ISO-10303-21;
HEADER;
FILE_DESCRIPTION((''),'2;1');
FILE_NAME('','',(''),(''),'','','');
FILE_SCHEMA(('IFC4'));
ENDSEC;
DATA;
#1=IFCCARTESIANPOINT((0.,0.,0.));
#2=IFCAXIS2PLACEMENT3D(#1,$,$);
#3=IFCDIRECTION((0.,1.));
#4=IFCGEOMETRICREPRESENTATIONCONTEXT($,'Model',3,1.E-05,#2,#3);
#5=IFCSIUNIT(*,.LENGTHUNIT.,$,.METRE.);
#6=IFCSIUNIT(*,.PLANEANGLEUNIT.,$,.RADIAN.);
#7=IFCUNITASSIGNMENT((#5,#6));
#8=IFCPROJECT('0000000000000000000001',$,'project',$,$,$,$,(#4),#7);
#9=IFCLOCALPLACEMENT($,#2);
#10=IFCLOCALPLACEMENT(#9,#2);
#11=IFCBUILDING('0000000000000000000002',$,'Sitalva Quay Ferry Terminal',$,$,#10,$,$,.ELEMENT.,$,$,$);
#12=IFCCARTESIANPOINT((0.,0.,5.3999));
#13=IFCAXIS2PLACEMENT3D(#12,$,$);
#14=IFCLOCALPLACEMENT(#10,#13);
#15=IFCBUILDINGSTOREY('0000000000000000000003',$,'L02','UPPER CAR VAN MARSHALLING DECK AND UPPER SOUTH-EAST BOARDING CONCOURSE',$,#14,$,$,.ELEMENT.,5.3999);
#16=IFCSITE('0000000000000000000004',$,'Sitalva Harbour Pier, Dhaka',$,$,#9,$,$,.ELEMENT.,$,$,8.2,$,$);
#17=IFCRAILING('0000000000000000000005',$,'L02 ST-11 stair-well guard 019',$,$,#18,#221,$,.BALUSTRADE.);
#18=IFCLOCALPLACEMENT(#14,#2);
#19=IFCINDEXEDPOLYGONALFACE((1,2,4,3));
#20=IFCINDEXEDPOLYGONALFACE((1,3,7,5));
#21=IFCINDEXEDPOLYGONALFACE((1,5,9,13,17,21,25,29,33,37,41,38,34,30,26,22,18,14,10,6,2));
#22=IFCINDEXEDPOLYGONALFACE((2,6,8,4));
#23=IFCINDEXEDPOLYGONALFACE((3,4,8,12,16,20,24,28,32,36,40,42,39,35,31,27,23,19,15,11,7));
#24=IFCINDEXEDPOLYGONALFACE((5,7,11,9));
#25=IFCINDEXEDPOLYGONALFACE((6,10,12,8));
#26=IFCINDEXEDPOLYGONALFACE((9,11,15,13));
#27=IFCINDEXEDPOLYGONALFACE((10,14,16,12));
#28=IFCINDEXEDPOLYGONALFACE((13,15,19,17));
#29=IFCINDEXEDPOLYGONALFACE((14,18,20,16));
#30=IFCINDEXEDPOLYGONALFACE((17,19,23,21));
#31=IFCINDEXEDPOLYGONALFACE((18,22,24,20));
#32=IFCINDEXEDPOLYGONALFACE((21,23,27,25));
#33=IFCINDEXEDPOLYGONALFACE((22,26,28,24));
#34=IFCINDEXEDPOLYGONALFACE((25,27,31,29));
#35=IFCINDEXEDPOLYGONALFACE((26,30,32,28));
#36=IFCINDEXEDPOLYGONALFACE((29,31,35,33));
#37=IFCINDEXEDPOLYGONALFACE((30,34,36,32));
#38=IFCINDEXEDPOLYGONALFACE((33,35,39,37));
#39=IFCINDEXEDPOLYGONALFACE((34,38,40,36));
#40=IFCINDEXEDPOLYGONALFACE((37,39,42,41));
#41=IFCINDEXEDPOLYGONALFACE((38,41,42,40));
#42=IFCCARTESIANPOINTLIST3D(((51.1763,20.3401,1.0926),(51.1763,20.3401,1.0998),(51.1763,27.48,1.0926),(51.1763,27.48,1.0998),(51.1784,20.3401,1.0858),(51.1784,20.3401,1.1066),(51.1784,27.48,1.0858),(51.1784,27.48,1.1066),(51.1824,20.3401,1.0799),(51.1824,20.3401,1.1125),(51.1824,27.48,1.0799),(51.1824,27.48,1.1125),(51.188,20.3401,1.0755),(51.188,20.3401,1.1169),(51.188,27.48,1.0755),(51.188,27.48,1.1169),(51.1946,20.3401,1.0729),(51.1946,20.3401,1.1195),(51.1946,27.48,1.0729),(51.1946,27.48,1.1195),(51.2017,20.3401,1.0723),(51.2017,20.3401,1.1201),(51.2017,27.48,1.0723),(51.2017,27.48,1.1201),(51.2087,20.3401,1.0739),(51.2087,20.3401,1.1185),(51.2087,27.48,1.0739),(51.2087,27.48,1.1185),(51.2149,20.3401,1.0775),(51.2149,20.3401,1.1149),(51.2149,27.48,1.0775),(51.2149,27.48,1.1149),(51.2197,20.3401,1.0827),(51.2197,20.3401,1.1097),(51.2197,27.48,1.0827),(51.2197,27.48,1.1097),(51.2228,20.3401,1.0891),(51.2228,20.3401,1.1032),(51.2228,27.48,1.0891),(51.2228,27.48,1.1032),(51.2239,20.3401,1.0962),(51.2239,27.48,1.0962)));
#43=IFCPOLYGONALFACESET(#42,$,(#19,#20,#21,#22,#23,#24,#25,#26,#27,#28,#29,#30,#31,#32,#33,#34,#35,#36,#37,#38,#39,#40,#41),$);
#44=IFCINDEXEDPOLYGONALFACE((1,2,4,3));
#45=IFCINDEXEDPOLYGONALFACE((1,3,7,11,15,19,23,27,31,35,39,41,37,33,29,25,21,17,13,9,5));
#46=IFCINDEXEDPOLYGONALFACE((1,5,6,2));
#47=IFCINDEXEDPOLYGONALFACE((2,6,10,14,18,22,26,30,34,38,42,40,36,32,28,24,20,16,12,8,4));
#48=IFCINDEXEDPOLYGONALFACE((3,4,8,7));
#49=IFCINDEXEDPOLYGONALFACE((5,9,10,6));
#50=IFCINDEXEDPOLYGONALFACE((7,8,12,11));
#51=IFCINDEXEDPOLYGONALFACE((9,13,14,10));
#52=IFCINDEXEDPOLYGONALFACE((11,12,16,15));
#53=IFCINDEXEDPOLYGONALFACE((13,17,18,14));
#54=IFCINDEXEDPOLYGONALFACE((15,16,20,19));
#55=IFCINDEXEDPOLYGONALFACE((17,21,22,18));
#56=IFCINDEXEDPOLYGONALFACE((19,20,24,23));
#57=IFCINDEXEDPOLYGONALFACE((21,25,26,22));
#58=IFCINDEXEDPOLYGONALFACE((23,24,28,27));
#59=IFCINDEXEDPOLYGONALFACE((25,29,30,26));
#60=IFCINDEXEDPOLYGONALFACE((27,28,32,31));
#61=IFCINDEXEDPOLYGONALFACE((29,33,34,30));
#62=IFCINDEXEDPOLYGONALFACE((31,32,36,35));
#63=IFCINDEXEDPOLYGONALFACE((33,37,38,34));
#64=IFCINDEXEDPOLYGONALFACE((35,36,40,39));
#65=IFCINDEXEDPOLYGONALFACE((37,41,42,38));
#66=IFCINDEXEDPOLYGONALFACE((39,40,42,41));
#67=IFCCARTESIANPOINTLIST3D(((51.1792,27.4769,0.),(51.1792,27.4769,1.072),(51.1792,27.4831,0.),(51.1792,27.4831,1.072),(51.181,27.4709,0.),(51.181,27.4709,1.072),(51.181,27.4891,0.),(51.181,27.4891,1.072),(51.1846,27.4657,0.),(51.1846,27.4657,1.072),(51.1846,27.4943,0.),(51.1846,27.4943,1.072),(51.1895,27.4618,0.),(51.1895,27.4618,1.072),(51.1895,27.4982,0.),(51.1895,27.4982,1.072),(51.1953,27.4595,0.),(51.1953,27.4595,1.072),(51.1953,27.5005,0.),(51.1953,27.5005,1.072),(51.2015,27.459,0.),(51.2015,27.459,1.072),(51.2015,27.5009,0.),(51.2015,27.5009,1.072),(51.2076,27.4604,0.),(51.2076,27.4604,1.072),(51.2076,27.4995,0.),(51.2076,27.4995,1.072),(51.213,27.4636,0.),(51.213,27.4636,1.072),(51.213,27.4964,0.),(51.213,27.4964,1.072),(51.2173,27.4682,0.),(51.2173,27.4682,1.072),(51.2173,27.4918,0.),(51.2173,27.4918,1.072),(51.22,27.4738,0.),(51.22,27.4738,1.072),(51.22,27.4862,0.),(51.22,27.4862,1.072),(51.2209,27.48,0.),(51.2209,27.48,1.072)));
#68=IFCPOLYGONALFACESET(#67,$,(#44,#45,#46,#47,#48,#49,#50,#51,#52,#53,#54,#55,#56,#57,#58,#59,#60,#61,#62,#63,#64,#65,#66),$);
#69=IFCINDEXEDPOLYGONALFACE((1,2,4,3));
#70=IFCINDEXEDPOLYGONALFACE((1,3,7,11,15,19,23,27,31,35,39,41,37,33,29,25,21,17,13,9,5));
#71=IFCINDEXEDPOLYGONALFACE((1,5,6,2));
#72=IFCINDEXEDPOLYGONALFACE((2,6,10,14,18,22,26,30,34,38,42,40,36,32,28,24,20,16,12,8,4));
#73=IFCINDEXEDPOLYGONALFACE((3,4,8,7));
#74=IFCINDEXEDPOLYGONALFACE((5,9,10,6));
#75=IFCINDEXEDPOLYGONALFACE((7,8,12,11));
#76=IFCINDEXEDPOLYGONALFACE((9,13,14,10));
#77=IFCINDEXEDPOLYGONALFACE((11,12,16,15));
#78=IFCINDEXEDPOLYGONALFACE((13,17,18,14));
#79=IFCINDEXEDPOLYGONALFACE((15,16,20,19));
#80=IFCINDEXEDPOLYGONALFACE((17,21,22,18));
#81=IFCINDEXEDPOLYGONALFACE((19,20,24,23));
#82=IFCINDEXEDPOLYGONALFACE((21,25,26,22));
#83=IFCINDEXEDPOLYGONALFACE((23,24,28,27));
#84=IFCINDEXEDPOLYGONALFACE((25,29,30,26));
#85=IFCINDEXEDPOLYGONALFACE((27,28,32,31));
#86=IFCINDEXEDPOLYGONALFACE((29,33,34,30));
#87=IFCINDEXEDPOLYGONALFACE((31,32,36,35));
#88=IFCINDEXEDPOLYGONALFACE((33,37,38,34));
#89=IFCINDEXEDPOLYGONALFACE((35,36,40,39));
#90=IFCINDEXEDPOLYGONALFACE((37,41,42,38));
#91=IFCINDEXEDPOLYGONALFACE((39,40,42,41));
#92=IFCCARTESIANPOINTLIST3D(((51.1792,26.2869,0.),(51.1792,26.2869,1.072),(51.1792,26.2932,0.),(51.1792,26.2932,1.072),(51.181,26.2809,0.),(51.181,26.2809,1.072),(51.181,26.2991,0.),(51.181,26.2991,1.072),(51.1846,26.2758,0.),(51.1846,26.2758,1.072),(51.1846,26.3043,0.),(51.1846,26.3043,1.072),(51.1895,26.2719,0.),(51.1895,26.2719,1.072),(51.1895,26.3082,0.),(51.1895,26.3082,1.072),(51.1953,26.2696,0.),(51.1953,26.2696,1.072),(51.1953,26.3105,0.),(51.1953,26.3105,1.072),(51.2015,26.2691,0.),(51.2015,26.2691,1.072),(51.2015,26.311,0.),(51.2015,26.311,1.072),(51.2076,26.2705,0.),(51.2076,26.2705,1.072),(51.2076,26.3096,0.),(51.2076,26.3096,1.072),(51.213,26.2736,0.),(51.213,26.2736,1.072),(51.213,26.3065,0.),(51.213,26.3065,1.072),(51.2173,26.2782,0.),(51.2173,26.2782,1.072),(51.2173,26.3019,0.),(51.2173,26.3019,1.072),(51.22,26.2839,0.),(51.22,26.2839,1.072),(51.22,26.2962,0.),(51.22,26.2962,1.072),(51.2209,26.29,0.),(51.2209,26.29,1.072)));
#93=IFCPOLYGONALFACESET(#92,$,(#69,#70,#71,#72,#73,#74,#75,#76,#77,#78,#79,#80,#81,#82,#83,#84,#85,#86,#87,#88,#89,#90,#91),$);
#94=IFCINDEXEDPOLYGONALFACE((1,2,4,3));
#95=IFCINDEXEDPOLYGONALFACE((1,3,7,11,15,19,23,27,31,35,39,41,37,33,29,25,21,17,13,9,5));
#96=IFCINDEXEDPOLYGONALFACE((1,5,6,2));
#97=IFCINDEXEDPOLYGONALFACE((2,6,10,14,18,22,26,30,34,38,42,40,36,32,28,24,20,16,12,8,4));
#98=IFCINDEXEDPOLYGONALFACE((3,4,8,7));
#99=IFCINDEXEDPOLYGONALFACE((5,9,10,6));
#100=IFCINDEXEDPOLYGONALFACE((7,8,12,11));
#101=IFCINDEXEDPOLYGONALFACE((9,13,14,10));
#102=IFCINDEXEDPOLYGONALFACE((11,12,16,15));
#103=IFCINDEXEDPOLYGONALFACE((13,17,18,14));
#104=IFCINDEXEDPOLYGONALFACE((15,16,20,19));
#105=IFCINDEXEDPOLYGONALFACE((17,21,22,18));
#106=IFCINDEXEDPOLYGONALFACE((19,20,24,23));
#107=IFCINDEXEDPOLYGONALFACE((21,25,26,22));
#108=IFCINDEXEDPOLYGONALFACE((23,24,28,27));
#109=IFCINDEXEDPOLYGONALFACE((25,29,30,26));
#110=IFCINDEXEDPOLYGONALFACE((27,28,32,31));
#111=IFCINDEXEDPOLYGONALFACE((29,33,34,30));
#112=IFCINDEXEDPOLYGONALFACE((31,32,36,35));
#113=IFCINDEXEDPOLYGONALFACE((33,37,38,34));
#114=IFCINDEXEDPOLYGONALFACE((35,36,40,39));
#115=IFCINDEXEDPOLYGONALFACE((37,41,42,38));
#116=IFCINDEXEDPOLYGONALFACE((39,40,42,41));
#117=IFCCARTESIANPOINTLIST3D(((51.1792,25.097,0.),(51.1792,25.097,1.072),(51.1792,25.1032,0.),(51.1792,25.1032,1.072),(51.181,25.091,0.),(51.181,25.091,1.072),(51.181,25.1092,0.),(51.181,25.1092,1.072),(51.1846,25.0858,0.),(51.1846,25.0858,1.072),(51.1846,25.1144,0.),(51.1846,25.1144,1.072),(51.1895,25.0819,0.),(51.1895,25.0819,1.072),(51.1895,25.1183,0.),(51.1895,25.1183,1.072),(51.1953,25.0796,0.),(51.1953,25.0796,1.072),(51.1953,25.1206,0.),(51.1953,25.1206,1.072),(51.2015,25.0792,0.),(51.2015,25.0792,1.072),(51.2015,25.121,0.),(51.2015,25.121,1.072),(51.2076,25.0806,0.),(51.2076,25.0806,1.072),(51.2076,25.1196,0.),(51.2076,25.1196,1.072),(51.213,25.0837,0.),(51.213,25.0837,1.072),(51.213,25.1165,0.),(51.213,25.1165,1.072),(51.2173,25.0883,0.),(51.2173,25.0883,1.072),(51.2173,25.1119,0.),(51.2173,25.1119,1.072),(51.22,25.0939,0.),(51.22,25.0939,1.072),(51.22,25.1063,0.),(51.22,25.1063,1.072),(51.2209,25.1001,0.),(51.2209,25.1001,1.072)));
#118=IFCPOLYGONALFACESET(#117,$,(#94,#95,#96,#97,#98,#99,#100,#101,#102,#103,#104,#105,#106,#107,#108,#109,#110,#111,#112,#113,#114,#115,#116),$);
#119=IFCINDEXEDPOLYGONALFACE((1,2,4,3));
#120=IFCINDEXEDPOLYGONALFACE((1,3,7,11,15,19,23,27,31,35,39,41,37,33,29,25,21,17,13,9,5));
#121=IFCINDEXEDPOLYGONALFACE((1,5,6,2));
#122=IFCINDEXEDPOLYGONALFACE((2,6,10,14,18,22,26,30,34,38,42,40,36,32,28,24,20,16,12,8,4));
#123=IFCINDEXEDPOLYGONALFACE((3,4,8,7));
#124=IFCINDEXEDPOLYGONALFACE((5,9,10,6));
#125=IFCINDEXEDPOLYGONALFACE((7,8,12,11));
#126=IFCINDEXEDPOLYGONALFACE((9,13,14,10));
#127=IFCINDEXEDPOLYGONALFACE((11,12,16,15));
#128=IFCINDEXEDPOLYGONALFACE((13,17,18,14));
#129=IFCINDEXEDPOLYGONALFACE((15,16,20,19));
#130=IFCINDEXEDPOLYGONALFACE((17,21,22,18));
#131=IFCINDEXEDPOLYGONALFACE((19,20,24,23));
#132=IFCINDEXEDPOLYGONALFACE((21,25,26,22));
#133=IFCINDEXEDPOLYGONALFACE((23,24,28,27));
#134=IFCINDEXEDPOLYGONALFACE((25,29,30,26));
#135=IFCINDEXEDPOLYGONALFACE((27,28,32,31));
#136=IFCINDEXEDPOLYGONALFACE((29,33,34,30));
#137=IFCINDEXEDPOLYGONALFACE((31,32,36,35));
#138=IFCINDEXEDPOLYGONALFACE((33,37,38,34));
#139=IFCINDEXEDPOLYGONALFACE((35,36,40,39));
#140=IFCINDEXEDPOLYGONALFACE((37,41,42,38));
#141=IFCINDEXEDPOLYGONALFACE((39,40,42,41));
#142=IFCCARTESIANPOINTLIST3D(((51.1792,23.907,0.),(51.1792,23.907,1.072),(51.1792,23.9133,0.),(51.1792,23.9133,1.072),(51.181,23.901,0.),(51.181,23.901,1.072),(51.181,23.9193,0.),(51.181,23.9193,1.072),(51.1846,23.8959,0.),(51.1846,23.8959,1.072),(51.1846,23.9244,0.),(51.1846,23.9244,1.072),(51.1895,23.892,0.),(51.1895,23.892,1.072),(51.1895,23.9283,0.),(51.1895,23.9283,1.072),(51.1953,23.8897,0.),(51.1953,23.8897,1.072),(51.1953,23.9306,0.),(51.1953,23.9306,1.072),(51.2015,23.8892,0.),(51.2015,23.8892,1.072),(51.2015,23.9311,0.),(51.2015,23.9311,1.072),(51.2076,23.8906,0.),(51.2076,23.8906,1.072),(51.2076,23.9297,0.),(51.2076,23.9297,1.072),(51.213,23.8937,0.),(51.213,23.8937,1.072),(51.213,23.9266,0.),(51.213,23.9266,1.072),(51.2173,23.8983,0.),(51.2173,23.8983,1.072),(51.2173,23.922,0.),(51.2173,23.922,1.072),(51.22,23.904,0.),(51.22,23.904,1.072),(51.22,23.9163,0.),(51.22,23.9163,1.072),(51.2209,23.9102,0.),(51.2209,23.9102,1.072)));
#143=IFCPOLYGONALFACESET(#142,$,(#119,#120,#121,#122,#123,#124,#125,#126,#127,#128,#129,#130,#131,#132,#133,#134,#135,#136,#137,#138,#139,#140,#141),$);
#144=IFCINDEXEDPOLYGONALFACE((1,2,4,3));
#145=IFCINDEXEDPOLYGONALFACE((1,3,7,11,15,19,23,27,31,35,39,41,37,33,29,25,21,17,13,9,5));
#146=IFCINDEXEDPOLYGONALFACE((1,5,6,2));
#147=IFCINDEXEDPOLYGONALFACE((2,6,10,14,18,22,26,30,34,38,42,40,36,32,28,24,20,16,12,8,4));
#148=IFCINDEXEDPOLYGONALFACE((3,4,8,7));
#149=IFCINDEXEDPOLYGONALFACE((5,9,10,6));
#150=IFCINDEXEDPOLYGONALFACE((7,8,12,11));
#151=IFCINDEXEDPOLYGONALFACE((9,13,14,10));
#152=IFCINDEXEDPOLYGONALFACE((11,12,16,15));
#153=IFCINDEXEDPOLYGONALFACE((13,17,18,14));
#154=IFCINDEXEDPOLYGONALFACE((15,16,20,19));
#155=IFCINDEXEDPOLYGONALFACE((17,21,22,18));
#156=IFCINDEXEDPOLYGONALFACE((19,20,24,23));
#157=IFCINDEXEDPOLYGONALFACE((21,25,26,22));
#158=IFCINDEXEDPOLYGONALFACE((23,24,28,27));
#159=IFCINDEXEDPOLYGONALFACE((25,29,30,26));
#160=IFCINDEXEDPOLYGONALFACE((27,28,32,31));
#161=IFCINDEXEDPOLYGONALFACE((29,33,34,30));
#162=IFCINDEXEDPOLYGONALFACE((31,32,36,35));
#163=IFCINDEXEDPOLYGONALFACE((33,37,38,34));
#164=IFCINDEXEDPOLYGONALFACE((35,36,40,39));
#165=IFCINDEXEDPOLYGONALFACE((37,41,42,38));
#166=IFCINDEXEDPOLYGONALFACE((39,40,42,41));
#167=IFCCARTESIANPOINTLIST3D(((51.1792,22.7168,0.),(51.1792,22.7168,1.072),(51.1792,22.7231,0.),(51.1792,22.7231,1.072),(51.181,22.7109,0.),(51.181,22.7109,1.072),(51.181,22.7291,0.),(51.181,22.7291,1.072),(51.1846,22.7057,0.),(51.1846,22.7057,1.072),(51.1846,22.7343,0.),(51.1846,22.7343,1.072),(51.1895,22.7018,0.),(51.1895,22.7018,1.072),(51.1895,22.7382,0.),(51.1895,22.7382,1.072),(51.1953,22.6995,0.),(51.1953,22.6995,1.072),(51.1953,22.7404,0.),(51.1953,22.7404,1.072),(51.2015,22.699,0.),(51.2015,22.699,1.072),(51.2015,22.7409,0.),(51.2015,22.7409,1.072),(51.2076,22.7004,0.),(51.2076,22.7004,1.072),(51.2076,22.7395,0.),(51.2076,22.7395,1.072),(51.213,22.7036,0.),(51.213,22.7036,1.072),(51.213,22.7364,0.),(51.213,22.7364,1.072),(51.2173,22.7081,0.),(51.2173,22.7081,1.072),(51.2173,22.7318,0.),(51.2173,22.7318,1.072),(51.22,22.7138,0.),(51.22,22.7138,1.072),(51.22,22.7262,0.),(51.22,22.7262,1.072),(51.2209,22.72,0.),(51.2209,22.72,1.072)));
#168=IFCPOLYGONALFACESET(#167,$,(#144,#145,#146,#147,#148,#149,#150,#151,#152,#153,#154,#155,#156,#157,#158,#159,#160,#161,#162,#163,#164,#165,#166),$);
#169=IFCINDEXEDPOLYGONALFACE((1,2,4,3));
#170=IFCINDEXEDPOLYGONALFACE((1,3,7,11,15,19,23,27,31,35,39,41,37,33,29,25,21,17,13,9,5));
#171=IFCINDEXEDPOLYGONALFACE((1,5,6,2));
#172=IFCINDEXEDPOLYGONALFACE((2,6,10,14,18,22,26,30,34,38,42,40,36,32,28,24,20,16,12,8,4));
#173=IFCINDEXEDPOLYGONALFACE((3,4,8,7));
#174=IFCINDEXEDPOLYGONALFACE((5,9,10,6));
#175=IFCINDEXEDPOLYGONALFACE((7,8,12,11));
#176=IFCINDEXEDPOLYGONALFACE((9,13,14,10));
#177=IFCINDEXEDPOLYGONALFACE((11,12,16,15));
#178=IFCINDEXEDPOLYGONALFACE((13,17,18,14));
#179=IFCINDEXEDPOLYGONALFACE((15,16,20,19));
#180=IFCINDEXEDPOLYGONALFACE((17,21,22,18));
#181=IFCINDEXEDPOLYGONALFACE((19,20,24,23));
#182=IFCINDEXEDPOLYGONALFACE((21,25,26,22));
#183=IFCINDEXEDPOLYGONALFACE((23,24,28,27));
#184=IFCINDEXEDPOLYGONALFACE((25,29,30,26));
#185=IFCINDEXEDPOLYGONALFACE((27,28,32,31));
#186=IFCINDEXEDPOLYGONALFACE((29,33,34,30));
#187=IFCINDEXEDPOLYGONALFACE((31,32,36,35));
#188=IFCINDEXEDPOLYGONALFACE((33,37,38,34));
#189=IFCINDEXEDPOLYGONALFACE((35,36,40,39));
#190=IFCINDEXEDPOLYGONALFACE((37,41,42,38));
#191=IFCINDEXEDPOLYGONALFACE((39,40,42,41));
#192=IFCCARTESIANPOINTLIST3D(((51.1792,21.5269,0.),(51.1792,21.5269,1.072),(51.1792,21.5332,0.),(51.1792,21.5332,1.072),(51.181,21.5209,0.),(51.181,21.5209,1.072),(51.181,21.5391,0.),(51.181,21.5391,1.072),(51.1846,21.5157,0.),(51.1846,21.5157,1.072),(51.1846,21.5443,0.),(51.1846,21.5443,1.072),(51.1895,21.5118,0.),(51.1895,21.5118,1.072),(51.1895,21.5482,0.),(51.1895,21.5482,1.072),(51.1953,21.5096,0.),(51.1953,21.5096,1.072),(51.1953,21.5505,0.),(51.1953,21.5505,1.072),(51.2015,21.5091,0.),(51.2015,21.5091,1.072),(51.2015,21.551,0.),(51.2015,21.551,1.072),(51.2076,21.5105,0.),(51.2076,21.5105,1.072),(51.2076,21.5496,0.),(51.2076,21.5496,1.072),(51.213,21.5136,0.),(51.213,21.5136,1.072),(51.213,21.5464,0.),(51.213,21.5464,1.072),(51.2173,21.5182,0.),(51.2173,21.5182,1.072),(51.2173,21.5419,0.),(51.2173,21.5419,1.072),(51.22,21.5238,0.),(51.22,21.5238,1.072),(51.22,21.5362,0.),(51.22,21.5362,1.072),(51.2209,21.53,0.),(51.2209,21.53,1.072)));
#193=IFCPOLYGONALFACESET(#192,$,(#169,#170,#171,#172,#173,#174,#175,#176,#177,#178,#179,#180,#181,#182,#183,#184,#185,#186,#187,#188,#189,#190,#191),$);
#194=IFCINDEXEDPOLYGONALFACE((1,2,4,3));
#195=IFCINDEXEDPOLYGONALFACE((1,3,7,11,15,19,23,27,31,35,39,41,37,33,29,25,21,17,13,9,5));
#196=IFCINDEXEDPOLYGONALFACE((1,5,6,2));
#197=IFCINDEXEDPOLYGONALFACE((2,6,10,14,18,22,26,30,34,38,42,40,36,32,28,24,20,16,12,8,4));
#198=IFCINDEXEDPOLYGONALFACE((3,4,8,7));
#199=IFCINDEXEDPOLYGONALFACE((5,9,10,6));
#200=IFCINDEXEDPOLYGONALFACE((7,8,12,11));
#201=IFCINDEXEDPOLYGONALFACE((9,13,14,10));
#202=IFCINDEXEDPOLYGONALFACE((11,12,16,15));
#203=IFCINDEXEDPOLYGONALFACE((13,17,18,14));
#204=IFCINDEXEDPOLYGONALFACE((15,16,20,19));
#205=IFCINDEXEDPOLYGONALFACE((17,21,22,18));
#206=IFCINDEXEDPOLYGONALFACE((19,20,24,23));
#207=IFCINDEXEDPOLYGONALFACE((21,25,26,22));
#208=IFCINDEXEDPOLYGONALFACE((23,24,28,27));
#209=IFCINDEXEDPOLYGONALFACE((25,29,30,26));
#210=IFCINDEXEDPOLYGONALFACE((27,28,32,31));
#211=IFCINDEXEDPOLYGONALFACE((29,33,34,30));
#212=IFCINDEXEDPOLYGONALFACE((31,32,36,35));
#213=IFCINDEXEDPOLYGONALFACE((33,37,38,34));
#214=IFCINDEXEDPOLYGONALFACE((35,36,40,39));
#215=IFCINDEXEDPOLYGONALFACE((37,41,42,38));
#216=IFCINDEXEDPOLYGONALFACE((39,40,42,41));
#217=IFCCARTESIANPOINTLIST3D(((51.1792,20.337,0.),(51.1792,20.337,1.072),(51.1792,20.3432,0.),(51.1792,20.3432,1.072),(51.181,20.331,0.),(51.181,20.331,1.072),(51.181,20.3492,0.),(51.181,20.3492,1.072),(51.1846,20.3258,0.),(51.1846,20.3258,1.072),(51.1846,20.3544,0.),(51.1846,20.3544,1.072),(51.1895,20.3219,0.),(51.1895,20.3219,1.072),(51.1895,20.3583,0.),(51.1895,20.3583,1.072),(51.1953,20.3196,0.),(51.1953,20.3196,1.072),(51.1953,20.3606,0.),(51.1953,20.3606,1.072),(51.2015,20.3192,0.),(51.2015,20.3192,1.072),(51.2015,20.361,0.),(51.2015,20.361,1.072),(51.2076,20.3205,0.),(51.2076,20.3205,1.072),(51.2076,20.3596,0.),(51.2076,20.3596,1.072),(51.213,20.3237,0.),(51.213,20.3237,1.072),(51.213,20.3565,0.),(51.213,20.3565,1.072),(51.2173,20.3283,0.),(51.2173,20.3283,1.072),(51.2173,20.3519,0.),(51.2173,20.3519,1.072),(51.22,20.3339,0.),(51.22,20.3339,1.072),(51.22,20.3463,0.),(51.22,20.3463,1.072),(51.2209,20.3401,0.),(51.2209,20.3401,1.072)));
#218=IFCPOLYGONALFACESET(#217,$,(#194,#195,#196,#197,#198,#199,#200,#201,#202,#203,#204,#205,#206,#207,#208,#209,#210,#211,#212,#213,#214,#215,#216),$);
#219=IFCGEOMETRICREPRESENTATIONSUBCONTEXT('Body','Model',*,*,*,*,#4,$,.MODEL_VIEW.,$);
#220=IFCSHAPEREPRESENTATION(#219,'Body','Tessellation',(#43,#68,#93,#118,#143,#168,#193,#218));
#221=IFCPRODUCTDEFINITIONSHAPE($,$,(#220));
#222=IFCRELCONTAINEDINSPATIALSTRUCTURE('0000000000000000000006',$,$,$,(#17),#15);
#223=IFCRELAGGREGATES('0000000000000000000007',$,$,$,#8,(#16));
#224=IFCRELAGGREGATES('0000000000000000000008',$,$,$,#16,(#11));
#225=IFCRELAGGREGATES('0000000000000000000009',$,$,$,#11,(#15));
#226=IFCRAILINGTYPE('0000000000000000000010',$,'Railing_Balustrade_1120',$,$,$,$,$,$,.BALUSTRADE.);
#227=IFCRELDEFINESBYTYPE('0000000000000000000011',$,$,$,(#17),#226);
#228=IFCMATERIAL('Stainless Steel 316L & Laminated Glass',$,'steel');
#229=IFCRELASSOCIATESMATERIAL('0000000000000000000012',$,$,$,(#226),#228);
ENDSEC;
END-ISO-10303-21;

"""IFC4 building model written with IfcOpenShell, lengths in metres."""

from ifc_helpers import new_model, si_unit, direction, frame, origin, origin_2d, place, context, subcontext, project, spatial, circle, extrude, material, type_object, element, save


model = new_model("IFC4")

# Units and contexts
model_context = context("Model", 3, precision=1e-05, world=origin(), true_north=direction((0.0, 1.0)))
body_context = subcontext(model_context, "Body", "Model", "MODEL_VIEW")
ifc_project = project(units=[si_unit("LENGTHUNIT", "METRE"), si_unit("PLANEANGLEUNIT", "RADIAN")], contexts=[model_context])

# Site, building, storey
site_placement = place(None, origin())
site = spatial("IfcSite", under=ifc_project, at=site_placement, Name="Sitalva Harbour Pier, Dhaka", CompositionType="ELEMENT", RefElevation=8.2)
building_placement = place(site_placement, origin())
building = spatial("IfcBuilding", under=site, at=building_placement, Name="Sitalva Quay Ferry Terminal", CompositionType="ELEMENT")
storey_placement = place(building_placement, frame((0.0, 0.0, 5.3999)))
storey = spatial("IfcBuildingStorey", under=building, at=storey_placement, Name="L02", Description="UPPER CAR VAN MARSHALLING DECK AND UPPER SOUTH-EAST BOARDING CONCOURSE", CompositionType="ELEMENT", Elevation=5.3999)

# Railing
ifc_material_1 = material(Name="Stainless Steel 316L & Laminated Glass", Category="steel")
railing_type = type_object("IfcRailingType", Name="Railing_Balustrade_1120", PredefinedType="BALUSTRADE", material=ifc_material_1)
railing_1_placement = place(storey_placement, frame((51.2, 27.48, 0.0)))
element("IfcRailing", 1, at=railing_1_placement, inside=storey, type_object=railing_type, Name="L02 ST-11 stair-well guard 019", PredefinedType="BALUSTRADE", context=body_context, shape_type="SweptSolid", body=[
    extrude(circle(Radius=0.0239, at=origin_2d()), frame((0.0, 0.0, 1.0962), z_axis=(0.0, -1.0, 0.0), x_axis=(1.0, 0.0, 0.0)), (0.0, 0.0, 1.0), 7.1399),
    extrude(circle(Radius=0.021, at=origin_2d()), origin(), (0.0, 0.0, 1.0), 1.072),
    extrude(circle(Radius=0.021, at=origin_2d()), frame((0.0, -1.1899, 0.0)), (0.0, 0.0, 1.0), 1.072),
    extrude(circle(Radius=0.021, at=origin_2d()), frame((0.0, -2.3799, 0.0)), (0.0, 0.0, 1.0), 1.072),
    extrude(circle(Radius=0.021, at=origin_2d()), frame((0.0, -3.5698, 0.0)), (0.0, 0.0, 1.0), 1.072),
    extrude(circle(Radius=0.021, at=origin_2d()), frame((0.0, -4.76, 0.0)), (0.0, 0.0, 1.0), 1.072),
    extrude(circle(Radius=0.021, at=origin_2d()), frame((0.0, -5.95, 0.0)), (0.0, 0.0, 1.0), 1.072),
    extrude(circle(Radius=0.021, at=origin_2d()), frame((0.0, -7.1399, 0.0)), (0.0, 0.0, 1.0), 1.072),
])

save(model, "model.ifc")
